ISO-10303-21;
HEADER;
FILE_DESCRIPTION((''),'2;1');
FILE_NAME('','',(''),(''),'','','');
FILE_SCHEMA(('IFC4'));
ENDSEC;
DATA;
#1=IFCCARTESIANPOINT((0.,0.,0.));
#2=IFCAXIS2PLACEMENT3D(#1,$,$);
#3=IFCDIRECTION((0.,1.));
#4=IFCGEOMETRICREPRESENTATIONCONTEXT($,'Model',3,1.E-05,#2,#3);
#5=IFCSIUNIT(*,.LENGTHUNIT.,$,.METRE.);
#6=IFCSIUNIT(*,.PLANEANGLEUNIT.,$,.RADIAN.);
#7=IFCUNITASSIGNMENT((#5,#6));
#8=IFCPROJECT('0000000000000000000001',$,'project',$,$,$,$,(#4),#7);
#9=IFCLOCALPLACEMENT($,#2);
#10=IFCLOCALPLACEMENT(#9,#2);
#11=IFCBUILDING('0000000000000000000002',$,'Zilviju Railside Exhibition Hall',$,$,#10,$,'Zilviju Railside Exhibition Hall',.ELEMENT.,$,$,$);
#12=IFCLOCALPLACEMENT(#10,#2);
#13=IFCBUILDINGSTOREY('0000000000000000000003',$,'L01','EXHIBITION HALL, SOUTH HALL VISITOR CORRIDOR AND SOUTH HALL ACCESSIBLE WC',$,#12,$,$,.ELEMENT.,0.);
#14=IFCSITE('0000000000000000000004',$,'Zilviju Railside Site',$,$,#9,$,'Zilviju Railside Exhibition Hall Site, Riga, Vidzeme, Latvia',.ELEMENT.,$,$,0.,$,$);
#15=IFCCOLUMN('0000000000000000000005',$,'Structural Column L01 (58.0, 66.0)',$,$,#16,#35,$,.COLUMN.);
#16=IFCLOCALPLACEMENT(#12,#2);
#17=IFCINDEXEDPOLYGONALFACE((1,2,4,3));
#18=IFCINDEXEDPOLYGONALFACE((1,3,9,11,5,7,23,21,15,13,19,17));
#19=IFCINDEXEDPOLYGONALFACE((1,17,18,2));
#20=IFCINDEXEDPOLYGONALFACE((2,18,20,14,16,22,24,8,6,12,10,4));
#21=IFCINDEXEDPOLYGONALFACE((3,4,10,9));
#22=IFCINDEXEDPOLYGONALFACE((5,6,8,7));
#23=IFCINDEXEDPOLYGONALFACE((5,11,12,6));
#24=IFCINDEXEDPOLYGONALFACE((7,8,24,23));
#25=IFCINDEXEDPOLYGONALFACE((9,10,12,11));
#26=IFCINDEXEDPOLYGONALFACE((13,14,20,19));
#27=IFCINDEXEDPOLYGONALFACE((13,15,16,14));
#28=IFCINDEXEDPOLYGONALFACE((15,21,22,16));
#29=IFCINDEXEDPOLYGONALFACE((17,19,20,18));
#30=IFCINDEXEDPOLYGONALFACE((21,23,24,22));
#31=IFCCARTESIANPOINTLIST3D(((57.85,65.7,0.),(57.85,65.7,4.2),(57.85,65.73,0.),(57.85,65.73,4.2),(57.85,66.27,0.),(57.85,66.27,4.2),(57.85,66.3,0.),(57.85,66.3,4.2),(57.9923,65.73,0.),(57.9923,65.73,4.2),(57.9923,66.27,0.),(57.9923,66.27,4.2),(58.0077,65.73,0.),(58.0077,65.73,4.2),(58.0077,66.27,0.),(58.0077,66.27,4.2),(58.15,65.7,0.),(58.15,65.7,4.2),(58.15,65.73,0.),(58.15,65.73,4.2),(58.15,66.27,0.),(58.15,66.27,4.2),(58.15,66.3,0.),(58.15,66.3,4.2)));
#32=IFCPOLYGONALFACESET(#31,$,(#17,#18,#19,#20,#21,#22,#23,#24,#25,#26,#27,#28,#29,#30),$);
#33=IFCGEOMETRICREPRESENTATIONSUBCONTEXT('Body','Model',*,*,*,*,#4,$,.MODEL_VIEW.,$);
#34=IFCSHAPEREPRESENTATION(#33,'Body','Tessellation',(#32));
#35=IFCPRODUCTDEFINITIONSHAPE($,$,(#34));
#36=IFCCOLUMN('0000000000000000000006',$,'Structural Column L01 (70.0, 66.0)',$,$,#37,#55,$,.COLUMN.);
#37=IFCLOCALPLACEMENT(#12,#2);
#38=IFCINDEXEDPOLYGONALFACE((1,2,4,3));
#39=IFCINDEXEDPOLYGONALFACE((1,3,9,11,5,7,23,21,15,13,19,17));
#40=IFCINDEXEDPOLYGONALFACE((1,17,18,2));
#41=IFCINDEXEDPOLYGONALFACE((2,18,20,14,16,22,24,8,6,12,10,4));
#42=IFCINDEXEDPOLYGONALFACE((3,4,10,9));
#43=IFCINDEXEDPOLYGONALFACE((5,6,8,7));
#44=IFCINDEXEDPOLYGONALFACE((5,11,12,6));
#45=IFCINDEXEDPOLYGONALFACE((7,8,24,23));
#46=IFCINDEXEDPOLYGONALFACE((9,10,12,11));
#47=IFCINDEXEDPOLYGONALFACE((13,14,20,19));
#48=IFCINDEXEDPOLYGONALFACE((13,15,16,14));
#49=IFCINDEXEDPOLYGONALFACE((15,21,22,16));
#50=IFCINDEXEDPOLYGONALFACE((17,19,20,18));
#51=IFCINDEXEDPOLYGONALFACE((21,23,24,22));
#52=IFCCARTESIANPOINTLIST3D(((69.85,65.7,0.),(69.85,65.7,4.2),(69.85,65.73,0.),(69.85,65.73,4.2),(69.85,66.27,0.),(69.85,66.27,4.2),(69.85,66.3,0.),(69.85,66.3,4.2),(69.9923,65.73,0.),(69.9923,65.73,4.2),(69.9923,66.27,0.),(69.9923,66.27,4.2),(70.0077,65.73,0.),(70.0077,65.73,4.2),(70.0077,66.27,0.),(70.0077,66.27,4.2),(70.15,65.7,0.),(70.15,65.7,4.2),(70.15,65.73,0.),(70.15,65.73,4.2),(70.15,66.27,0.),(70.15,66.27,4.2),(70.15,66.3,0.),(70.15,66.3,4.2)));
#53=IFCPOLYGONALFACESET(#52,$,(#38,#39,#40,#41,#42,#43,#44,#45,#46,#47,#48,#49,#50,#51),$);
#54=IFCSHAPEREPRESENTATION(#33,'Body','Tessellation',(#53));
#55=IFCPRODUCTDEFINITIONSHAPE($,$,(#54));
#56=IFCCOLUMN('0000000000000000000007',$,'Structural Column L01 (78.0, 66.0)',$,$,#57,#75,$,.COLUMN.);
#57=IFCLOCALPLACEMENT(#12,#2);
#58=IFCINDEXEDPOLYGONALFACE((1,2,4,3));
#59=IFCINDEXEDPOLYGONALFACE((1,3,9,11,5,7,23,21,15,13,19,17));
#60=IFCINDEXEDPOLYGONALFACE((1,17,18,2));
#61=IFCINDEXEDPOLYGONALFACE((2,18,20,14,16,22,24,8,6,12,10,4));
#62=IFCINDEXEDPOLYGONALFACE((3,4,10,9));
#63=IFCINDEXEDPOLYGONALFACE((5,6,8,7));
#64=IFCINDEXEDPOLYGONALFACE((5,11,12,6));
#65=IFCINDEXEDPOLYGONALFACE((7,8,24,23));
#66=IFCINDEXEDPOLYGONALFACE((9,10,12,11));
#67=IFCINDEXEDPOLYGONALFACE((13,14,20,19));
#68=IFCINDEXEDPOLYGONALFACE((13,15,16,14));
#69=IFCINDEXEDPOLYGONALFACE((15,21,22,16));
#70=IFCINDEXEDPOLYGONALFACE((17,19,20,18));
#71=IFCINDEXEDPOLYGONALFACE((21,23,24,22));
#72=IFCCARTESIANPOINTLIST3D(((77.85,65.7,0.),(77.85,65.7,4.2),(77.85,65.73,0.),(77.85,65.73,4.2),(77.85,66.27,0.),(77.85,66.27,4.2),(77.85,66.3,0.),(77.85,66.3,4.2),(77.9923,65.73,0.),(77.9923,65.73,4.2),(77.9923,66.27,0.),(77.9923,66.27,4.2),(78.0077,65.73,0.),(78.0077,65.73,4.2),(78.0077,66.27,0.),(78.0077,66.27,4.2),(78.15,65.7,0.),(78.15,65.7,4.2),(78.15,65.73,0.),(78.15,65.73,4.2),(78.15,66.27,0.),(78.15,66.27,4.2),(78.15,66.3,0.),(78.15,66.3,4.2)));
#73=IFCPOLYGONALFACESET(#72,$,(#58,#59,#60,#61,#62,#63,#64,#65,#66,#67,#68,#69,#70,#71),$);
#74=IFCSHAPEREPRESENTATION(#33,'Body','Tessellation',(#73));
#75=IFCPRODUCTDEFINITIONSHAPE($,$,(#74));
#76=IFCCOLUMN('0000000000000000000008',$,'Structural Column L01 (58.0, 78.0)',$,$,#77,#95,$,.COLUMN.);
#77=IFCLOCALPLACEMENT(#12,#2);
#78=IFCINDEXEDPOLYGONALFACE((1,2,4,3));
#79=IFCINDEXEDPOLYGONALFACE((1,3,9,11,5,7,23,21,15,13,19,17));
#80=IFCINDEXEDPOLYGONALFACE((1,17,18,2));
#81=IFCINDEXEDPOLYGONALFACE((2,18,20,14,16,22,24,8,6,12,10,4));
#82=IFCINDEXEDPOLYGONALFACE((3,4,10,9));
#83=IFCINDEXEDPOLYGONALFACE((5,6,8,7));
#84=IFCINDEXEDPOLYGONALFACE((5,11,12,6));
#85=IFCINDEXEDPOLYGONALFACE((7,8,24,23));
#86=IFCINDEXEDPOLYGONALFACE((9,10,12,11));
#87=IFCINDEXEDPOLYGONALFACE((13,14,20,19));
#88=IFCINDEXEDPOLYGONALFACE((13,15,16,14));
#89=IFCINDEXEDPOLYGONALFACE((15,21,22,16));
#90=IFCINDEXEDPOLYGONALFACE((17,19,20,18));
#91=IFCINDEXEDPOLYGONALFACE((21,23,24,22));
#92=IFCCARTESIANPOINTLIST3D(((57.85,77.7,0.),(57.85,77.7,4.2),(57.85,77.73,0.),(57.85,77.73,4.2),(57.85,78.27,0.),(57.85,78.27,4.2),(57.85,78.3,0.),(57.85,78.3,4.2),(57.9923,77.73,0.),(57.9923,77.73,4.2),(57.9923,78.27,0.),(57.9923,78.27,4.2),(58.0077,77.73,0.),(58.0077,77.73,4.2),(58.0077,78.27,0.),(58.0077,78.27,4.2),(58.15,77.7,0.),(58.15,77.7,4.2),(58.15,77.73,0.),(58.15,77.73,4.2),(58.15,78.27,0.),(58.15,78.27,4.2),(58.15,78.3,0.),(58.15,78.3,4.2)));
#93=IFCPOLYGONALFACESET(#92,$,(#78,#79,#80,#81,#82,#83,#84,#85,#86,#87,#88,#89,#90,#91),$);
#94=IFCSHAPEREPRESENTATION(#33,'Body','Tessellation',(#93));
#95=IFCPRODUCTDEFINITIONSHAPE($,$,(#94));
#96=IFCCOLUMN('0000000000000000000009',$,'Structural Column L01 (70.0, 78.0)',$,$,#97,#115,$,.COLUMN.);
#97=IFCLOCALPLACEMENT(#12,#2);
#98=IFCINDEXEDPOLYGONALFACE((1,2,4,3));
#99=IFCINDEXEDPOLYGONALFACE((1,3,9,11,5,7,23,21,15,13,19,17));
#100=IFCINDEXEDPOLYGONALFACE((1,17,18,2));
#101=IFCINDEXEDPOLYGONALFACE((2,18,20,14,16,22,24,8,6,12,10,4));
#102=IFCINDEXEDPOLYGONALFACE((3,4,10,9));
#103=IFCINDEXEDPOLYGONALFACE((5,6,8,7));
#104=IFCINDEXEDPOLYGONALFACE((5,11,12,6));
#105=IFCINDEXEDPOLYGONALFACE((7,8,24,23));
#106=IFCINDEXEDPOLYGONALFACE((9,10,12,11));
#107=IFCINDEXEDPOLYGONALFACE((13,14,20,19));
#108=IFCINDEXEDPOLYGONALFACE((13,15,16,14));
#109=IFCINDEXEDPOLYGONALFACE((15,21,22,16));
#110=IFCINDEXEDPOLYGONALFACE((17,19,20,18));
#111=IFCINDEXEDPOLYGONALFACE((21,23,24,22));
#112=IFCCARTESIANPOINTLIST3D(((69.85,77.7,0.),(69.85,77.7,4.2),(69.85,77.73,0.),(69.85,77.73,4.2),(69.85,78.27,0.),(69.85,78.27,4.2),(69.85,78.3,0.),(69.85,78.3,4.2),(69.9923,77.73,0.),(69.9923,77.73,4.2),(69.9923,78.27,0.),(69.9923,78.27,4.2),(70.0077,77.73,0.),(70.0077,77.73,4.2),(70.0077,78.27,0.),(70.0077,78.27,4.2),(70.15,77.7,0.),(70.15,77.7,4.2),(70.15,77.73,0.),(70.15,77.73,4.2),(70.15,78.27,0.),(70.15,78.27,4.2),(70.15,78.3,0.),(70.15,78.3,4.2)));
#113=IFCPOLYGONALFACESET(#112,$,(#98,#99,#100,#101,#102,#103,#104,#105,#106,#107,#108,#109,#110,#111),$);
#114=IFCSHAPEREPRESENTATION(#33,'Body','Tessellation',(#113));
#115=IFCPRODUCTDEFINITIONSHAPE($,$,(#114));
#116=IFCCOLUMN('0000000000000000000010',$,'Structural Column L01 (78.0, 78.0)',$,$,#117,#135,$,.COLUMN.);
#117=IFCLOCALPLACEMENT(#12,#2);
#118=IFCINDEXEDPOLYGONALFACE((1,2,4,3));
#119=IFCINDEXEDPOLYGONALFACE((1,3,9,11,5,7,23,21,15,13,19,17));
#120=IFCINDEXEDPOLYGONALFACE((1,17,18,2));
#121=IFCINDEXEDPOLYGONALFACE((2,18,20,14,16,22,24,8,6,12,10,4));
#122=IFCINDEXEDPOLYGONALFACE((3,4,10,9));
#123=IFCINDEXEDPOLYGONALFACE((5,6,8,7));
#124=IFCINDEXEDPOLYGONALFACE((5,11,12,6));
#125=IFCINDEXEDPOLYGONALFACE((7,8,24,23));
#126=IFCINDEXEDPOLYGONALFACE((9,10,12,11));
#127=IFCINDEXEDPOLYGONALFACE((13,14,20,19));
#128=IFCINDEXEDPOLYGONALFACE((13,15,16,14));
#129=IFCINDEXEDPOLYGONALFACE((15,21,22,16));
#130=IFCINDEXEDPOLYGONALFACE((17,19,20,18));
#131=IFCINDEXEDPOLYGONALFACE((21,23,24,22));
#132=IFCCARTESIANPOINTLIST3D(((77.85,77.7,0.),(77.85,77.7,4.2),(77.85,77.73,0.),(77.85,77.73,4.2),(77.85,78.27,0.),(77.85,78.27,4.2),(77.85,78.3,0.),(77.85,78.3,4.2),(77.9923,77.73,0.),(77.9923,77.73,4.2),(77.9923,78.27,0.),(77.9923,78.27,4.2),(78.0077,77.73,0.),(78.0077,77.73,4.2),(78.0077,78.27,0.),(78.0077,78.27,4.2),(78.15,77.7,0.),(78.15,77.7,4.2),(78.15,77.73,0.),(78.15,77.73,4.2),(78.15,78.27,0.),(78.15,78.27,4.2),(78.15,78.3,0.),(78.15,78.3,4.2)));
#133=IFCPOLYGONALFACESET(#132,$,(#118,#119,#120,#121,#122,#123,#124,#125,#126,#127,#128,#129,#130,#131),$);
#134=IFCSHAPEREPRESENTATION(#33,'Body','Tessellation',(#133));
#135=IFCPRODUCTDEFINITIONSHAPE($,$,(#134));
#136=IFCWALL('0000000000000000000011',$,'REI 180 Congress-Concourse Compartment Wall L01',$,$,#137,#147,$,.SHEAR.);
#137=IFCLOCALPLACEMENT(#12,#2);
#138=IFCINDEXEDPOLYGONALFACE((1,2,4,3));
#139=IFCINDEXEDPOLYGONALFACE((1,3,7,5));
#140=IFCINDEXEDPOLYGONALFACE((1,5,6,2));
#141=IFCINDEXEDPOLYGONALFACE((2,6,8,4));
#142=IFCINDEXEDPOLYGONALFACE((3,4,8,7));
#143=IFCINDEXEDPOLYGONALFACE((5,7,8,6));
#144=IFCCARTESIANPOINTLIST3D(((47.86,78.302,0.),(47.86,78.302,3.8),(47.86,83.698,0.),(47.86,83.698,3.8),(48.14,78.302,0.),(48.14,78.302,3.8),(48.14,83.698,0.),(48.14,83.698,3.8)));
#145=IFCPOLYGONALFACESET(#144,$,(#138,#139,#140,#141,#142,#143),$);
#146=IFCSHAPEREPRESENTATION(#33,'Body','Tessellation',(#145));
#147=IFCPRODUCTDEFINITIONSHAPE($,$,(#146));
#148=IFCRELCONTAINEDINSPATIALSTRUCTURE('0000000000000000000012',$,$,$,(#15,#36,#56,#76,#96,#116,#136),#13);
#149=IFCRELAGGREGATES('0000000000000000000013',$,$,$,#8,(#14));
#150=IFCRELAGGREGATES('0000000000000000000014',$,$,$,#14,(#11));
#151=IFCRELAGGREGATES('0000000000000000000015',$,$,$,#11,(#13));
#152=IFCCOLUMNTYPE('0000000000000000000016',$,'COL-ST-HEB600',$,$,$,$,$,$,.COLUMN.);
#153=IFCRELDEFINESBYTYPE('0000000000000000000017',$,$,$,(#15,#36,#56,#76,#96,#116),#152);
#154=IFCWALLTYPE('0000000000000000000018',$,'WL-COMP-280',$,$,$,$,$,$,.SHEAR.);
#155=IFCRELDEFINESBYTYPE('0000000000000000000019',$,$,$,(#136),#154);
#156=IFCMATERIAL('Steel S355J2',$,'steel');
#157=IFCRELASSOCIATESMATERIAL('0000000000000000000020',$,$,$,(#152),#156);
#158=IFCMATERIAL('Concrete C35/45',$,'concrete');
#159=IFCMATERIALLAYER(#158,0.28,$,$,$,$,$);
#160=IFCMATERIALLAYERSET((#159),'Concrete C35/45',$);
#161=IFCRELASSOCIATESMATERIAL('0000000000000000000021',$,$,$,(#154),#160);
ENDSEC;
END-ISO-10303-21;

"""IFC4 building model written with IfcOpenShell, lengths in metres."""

from ifc_helpers import new_model, si_unit, direction, frame, frame_2d, origin, origin_2d, place, context, subcontext, project, spatial, rectangle, i_section, extrude, material, layer, layer_set, material_profile, profile_set, type_object, element, save


model = new_model("IFC4")

# Units and contexts
model_context = context("Model", 3, precision=1e-05, world=origin(), true_north=direction((0.0, 1.0)))
body_context = subcontext(model_context, "Body", "Model", "MODEL_VIEW")
ifc_project = project(units=[si_unit("LENGTHUNIT", "METRE"), si_unit("PLANEANGLEUNIT", "RADIAN")], contexts=[model_context])

# Site, building, storey
site_placement = place(None, origin())
site = spatial("IfcSite", under=ifc_project, at=site_placement, Name="Zilviju Railside Site", LongName="Zilviju Railside Exhibition Hall Site, Riga, Vidzeme, Latvia", CompositionType="ELEMENT", RefElevation=0.0)
building_placement = place(site_placement, origin())
building = spatial("IfcBuilding", under=site, at=building_placement, Name="Zilviju Railside Exhibition Hall", LongName="Zilviju Railside Exhibition Hall", CompositionType="ELEMENT")
storey_placement = place(building_placement, origin())
storey = spatial("IfcBuildingStorey", under=building, at=storey_placement, Name="L01", Description="EXHIBITION HALL, SOUTH HALL VISITOR CORRIDOR AND SOUTH HALL ACCESSIBLE WC", CompositionType="ELEMENT", Elevation=0.0)

# Shared definitions
ifc_material_1 = material(Name="Concrete C35/45", Category="concrete")

# Columns
ifc_material_2 = material(Name="Steel S355J2", Category="steel")
ifc_material_profile_1 = material_profile(ifc_material_2, i_section(OverallWidth=0.3, OverallDepth=0.6001, WebThickness=0.0154, FlangeThickness=0.03, at=origin_2d()), Name="HEB 600")
ifc_profile_set_1 = profile_set([ifc_material_profile_1], Name="Steel S355J2")
column_type = type_object("IfcColumnType", Name="COL-ST-HEB600", PredefinedType="COLUMN", material=ifc_profile_set_1)
for number, where, z_axis, x_axis, name in (
    (1, (58.0, 66.0, 0.0), (0.0, 0.0, 1.0), (1.0, 0.0, 0.0), "Structural Column L01 (58.0, 66.0)"),
    (2, (70.0, 66.0, 0.0), (0.0, 0.0, 1.0), (1.0, 0.0, 0.0), "Structural Column L01 (70.0, 66.0)"),
    (3, (78.0, 66.0, 0.0), (0.0, 0.0, 1.0), (1.0, 0.0, 0.0), "Structural Column L01 (78.0, 66.0)"),
    (4, (58.0, 78.0, 0.0), (0.0, 0.0, 1.0), (1.0, 0.0, 0.0), "Structural Column L01 (58.0, 78.0)"),
    (5, (70.0, 78.0, 0.0), (0.0, 0.0, 1.0), (1.0, 0.0, 0.0), "Structural Column L01 (70.0, 78.0)"),
    (6, (78.0, 78.0, 0.0), (0.0, 0.0, 1.0), (1.0, 0.0, 0.0), "Structural Column L01 (78.0, 78.0)"),
):
    element("IfcColumn", number, at=place(storey_placement, frame(where, z_axis=z_axis, x_axis=x_axis)), inside=storey, type_object=column_type, Name=name, PredefinedType="COLUMN", context=body_context, shape_type="SweptSolid", body=[
        extrude(i_section(OverallWidth=0.3, OverallDepth=0.6001, WebThickness=0.0154, FlangeThickness=0.03, at=origin_2d()), origin(), (0.0, 0.0, 1.0), 4.2),
    ])

# Wall
ifc_layer = layer(ifc_material_1, 0.28)
ifc_layer_set = layer_set([ifc_layer], Name="Concrete C35/45")
wall_type = type_object("IfcWallType", Name="WL-COMP-280", PredefinedType="SHEAR", material=ifc_layer_set)
wall_placement = place(storey_placement, frame((48.0, 78.302, 0.0), z_axis=(0.0, 0.0, 1.0), x_axis=(0.0, 1.0, 0.0)))
element("IfcWall", 7, at=wall_placement, inside=storey, type_object=wall_type, Name="REI 180 Congress-Concourse Compartment Wall L01", PredefinedType="SHEAR", context=body_context, shape_type="SweptSolid", body=[
    extrude(rectangle(XDim=5.396, YDim=0.28, at=frame_2d((2.698, 0.0))), origin(), (0.0, 0.0, 1.0), 3.8),
])

save(model, "model.ifc")
